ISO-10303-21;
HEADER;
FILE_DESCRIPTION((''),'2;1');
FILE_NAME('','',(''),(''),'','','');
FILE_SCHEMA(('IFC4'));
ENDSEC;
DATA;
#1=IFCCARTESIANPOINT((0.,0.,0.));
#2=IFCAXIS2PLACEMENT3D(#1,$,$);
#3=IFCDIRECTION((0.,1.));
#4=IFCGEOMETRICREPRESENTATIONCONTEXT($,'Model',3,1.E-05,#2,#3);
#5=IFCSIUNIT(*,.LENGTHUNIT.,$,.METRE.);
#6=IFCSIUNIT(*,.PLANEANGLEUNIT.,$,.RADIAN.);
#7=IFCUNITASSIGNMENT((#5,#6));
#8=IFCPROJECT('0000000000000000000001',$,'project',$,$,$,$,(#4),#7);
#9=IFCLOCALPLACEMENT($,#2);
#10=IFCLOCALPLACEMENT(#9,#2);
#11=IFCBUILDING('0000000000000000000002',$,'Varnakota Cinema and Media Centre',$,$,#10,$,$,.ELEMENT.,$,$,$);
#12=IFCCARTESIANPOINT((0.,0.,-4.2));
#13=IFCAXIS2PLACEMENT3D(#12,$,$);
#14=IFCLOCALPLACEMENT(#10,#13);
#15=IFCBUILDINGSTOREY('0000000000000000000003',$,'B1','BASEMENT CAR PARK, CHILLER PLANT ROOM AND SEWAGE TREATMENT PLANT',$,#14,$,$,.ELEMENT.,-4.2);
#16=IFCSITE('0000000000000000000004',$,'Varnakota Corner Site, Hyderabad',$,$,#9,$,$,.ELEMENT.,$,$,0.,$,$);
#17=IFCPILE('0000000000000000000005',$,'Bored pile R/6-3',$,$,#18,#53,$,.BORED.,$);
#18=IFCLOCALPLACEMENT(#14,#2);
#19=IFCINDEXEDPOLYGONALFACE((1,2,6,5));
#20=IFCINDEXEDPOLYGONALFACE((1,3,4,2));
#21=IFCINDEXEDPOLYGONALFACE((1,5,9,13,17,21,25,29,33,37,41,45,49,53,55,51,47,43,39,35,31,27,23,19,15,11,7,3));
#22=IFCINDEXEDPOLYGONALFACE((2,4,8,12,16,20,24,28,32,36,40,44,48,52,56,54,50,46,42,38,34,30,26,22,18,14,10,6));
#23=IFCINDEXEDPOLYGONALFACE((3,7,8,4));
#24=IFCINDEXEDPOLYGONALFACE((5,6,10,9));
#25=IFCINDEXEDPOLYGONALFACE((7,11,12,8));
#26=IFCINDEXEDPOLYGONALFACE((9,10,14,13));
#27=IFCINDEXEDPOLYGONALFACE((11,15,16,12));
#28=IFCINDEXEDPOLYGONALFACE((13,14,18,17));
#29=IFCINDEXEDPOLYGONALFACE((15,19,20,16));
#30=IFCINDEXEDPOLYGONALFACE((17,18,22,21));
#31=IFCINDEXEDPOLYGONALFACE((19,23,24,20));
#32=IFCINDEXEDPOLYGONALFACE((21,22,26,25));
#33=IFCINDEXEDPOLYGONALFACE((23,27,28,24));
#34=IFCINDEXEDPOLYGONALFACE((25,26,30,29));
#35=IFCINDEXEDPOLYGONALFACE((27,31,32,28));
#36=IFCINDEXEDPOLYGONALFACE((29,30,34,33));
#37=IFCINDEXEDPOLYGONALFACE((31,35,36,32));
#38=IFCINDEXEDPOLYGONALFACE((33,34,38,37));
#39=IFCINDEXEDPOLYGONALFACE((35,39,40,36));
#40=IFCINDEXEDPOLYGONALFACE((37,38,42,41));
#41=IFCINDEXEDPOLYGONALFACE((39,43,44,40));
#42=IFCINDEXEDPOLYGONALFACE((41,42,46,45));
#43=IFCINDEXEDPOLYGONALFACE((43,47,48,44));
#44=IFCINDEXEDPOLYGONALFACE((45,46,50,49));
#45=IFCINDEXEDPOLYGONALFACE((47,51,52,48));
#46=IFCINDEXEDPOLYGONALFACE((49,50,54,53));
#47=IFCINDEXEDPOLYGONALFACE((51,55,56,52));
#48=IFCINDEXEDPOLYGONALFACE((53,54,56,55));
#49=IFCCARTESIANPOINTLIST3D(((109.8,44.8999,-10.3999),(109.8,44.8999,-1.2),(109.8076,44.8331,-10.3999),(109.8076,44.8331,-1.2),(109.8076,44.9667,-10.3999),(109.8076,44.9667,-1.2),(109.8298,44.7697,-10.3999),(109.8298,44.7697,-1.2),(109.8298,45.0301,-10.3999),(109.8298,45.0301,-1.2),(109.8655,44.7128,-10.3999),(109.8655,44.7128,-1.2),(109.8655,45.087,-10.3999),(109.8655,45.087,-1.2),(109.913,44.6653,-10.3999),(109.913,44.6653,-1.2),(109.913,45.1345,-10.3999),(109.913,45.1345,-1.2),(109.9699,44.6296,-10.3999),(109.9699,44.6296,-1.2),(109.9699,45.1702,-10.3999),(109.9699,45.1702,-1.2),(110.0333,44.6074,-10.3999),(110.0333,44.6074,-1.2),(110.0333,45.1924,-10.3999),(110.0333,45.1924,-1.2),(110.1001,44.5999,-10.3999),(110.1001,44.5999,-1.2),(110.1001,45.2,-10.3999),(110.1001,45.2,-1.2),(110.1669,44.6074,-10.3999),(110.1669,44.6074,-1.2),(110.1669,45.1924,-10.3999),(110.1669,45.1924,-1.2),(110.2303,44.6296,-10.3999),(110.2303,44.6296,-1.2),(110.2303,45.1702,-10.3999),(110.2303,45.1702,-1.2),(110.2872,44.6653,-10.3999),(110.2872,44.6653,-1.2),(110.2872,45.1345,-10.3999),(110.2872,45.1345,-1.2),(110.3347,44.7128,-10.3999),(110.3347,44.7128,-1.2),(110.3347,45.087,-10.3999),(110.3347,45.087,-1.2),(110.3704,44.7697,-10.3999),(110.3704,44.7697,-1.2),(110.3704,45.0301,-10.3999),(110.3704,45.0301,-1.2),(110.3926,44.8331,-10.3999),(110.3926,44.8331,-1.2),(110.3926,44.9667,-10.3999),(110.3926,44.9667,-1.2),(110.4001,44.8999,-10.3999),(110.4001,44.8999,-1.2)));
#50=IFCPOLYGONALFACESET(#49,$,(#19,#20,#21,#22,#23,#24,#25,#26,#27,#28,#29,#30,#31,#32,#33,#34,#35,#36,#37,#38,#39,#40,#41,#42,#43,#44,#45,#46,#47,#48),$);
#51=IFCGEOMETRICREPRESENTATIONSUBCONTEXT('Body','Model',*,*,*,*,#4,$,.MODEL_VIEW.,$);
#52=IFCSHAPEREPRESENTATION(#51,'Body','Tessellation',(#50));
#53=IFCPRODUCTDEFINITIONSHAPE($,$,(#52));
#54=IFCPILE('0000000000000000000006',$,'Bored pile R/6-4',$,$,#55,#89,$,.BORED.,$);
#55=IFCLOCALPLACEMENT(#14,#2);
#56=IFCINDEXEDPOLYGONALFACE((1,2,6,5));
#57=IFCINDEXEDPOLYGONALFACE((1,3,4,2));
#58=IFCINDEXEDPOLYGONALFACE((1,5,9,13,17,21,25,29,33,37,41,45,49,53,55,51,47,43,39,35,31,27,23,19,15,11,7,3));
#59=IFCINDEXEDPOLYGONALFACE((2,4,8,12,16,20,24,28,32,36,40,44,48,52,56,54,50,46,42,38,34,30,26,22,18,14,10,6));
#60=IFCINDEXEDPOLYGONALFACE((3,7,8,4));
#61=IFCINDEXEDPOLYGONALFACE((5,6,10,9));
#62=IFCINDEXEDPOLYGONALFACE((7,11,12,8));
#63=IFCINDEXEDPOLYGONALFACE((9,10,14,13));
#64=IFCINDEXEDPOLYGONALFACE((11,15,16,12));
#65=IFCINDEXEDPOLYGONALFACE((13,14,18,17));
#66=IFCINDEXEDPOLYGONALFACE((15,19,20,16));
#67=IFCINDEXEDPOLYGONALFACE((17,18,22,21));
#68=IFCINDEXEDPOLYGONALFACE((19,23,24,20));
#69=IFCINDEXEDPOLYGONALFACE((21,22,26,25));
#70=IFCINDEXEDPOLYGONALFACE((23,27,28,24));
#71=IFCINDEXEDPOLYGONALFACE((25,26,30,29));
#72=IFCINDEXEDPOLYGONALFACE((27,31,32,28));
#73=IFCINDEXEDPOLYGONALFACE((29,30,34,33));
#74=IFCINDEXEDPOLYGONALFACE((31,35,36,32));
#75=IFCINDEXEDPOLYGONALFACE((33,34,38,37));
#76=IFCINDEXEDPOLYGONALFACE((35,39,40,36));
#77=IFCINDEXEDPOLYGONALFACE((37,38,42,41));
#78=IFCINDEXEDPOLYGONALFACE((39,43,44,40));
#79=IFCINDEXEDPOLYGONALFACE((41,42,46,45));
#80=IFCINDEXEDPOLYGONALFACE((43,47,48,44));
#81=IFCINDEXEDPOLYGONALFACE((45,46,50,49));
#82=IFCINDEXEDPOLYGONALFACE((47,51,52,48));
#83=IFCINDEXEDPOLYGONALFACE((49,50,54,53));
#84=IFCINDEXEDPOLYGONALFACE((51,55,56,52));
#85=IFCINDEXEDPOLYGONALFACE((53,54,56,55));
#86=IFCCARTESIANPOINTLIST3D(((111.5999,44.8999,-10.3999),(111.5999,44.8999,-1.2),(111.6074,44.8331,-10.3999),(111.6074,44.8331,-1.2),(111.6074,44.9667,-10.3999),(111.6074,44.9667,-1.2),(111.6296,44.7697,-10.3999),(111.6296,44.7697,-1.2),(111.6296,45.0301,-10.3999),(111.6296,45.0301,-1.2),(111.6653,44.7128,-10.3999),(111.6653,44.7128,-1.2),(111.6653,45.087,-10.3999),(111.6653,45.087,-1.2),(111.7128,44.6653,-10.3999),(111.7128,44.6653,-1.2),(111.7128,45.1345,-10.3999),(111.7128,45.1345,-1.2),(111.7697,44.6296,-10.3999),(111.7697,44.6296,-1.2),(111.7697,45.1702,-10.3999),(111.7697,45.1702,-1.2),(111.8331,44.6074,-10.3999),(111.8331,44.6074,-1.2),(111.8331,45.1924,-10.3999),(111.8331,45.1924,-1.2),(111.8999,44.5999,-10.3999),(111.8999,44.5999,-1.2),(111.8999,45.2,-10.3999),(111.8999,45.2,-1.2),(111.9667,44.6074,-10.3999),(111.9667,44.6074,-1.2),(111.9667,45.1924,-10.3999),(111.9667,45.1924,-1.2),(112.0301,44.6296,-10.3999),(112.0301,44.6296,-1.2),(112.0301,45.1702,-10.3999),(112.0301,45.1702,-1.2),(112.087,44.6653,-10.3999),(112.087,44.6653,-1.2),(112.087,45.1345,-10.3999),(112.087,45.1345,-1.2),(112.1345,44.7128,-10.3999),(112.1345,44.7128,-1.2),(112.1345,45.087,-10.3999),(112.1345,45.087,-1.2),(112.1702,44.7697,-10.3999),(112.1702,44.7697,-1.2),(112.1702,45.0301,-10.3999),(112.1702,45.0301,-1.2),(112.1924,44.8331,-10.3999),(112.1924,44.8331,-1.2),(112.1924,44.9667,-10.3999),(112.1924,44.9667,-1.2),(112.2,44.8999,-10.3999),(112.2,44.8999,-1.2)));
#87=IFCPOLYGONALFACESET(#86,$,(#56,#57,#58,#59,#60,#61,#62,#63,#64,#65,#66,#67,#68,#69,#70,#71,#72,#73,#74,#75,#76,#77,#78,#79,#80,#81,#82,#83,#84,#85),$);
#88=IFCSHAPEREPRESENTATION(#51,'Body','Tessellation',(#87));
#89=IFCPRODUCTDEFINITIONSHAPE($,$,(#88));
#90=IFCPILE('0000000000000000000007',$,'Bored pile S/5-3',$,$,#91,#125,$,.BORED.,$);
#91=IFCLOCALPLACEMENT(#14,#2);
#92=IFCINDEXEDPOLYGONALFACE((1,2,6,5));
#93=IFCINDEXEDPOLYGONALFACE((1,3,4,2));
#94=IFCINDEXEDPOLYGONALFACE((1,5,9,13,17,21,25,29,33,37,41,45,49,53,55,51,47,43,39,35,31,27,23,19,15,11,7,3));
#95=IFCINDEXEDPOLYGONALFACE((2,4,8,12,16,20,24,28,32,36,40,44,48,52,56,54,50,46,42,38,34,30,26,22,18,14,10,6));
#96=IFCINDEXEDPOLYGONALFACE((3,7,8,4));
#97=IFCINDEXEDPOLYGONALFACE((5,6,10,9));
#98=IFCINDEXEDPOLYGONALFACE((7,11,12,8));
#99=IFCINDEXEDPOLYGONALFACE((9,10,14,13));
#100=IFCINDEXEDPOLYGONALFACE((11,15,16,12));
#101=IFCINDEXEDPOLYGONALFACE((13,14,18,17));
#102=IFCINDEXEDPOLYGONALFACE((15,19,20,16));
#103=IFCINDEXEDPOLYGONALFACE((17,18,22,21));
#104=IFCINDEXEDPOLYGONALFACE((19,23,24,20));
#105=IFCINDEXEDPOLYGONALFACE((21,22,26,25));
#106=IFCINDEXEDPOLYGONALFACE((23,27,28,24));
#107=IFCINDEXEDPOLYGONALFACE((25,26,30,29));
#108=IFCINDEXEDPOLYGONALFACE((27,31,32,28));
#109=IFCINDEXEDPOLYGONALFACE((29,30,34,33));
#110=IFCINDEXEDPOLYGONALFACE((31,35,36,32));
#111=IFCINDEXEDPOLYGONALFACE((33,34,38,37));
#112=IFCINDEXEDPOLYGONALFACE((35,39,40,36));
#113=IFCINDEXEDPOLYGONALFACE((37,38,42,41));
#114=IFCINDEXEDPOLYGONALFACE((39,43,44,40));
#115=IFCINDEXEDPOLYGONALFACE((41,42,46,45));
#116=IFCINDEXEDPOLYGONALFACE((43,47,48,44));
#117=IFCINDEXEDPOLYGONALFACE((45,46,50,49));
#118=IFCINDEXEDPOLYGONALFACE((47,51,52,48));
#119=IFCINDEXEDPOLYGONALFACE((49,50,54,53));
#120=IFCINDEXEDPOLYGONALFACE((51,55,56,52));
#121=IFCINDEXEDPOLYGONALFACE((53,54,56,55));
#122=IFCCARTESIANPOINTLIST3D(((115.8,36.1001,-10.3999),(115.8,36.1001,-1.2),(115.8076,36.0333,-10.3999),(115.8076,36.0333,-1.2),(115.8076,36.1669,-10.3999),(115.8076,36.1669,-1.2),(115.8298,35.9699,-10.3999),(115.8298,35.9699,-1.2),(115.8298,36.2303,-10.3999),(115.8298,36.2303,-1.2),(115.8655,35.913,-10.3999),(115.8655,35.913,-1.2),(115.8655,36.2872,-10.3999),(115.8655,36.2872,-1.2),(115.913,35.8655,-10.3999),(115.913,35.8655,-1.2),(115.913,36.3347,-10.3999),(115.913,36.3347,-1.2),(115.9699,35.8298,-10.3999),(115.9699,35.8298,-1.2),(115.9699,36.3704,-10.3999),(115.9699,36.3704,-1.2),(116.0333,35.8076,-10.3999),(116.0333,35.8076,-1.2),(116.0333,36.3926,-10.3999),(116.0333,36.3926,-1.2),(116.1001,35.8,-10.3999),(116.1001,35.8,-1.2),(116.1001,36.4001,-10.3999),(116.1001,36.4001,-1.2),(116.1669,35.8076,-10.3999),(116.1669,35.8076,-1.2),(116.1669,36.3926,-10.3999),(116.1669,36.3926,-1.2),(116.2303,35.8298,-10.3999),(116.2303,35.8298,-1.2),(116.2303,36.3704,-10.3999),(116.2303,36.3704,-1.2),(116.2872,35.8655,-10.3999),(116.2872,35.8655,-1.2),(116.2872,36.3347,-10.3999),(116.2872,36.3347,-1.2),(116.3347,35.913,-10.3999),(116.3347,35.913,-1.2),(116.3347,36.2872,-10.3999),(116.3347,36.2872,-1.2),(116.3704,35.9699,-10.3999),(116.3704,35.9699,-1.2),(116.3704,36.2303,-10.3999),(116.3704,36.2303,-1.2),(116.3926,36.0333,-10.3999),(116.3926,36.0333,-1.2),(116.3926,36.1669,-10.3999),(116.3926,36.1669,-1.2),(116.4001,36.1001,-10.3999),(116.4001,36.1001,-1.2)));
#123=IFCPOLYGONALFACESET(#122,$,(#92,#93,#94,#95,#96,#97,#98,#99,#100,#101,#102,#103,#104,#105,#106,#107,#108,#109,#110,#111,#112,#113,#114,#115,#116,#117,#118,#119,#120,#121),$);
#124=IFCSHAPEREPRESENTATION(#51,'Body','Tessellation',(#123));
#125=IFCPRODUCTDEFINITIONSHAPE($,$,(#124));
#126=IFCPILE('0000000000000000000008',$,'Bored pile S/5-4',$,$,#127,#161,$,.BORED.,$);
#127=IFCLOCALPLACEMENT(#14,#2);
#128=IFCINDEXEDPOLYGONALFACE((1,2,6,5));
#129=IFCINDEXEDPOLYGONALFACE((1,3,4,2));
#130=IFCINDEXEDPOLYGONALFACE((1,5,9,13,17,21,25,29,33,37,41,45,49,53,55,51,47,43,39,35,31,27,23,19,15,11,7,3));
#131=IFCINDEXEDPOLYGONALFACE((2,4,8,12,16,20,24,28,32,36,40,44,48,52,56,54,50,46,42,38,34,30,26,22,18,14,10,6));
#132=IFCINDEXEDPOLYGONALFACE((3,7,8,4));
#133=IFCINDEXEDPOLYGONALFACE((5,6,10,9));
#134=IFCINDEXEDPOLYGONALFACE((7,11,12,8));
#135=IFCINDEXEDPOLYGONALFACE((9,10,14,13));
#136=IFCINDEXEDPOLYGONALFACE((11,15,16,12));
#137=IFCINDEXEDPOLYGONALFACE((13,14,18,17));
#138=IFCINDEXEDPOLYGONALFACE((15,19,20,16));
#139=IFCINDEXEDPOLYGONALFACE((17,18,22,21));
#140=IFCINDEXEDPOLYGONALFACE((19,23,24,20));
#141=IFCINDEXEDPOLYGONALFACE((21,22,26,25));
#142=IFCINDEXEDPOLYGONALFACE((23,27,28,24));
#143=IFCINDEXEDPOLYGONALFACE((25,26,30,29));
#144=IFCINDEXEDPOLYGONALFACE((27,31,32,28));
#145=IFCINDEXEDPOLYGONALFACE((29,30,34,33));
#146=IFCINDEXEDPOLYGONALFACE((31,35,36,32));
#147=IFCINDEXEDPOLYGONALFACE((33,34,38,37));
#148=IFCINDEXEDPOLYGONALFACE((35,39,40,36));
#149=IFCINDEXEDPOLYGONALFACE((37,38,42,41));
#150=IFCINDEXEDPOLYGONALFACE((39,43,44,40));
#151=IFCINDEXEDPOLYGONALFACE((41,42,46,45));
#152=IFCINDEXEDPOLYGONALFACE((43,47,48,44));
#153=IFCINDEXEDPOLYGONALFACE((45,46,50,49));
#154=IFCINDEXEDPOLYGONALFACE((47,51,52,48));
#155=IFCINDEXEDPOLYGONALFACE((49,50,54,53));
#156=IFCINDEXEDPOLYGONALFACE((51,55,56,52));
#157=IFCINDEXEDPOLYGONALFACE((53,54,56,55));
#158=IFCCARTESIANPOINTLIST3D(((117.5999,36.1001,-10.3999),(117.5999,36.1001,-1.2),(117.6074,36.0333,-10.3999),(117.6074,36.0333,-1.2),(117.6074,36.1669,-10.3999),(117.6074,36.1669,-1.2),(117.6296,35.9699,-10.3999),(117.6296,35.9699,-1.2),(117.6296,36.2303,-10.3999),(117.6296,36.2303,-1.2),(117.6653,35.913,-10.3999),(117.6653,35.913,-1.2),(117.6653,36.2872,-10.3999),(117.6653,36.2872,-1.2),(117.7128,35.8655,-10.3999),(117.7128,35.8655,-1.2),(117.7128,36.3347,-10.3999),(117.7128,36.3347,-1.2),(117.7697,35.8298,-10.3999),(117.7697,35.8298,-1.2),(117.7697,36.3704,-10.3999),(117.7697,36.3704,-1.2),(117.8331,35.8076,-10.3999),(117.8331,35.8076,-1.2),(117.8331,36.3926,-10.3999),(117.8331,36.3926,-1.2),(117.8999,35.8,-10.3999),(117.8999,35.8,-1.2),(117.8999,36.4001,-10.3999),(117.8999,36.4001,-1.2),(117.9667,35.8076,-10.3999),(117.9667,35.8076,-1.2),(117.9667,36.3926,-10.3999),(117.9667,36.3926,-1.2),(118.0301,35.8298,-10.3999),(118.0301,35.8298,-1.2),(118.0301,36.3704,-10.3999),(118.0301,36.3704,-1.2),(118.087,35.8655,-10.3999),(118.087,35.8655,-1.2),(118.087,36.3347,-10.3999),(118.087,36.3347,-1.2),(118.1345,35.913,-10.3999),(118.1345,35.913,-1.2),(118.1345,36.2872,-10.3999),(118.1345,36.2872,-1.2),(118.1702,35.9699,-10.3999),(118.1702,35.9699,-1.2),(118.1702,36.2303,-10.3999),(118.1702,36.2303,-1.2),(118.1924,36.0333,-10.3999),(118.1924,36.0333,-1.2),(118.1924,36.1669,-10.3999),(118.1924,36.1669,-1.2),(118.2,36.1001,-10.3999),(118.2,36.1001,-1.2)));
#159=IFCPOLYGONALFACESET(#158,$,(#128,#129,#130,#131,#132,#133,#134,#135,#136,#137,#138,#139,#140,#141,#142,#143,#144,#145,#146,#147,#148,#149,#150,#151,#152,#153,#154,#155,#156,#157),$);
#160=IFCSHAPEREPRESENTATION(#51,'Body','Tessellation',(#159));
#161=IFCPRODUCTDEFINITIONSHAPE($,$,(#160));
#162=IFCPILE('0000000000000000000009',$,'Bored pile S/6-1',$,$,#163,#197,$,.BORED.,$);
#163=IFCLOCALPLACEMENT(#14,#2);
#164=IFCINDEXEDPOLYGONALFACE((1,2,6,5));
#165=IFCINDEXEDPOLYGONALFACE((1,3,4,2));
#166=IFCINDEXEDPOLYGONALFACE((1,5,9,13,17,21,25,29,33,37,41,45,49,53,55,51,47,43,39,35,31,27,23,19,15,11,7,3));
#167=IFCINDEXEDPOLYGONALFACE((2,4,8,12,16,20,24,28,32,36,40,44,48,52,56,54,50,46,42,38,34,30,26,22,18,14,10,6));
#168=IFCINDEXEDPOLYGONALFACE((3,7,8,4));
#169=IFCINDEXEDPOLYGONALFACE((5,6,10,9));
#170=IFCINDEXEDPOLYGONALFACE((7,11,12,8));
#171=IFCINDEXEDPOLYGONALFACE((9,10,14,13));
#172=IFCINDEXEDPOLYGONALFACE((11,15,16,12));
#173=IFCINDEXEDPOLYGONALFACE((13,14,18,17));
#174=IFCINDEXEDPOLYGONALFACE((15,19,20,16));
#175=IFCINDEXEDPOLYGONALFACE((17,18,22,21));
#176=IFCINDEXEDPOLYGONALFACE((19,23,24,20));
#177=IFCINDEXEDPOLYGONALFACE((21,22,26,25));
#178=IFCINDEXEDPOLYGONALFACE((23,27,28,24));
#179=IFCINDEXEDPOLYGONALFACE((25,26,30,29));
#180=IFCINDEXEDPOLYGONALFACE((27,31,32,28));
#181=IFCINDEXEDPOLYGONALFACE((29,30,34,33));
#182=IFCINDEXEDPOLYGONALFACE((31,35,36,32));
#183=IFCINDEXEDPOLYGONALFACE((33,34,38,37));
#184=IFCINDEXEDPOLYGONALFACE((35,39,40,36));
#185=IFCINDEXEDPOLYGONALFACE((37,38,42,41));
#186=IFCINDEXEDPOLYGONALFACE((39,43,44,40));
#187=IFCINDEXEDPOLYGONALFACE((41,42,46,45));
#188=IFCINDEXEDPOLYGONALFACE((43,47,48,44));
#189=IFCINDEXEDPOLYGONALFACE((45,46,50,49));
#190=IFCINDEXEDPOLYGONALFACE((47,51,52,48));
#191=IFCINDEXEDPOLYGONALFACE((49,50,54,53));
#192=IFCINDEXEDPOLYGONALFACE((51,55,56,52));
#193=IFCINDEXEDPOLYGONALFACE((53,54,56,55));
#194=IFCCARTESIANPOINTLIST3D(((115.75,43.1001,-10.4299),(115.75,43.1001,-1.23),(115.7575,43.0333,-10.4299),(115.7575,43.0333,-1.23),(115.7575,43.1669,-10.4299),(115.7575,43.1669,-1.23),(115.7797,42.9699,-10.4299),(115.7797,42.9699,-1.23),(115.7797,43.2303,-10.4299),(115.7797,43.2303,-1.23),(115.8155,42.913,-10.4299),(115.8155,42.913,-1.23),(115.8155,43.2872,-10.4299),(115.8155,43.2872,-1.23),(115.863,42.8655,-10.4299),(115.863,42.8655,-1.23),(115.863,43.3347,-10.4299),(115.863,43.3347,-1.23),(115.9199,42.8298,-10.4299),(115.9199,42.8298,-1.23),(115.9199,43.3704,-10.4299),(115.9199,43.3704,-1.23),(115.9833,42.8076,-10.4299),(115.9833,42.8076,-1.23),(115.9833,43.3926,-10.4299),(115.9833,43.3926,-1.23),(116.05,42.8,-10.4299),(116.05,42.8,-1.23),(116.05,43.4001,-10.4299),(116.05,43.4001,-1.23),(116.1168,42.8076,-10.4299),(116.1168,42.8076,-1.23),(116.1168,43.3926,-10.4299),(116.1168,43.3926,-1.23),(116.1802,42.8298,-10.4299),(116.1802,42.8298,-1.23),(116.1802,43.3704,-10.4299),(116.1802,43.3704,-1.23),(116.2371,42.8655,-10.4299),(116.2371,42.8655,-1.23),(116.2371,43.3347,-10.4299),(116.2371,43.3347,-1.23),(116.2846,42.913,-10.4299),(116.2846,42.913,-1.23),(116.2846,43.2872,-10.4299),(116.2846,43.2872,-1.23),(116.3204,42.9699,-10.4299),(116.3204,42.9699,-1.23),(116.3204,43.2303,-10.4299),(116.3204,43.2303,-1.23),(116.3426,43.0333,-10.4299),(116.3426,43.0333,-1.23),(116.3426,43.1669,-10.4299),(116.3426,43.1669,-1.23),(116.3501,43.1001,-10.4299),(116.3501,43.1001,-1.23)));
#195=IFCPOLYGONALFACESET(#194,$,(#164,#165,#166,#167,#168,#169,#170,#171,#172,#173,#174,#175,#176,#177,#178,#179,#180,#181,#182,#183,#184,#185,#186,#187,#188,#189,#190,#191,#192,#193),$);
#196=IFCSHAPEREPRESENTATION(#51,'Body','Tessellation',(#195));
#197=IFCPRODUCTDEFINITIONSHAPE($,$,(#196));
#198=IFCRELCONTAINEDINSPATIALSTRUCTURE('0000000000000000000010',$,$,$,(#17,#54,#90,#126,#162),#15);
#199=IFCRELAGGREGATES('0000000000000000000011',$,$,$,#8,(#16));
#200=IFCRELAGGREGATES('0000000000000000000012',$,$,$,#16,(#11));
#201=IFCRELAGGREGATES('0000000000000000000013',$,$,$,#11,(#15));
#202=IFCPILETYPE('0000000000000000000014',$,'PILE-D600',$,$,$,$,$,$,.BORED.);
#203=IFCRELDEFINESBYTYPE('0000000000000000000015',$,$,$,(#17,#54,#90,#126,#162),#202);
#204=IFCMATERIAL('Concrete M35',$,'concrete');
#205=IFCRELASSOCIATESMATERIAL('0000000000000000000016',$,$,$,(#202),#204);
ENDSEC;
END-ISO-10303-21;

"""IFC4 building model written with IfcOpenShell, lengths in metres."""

from ifc_helpers import new_model, si_unit, direction, frame, origin, origin_2d, place, context, subcontext, project, spatial, circle, extrude, material, material_profile, profile_set, type_object, element, save


model = new_model("IFC4")

# Units and contexts
model_context = context("Model", 3, precision=1e-05, world=origin(), true_north=direction((0.0, 1.0)))
body_context = subcontext(model_context, "Body", "Model", "MODEL_VIEW")
ifc_project = project(units=[si_unit("LENGTHUNIT", "METRE"), si_unit("PLANEANGLEUNIT", "RADIAN")], contexts=[model_context])

# Site, building, storey
site_placement = place(None, origin())
site = spatial("IfcSite", under=ifc_project, at=site_placement, Name="Varnakota Corner Site, Hyderabad", CompositionType="ELEMENT", RefElevation=0.0)
building_placement = place(site_placement, origin())
building = spatial("IfcBuilding", under=site, at=building_placement, Name="Varnakota Cinema and Media Centre", CompositionType="ELEMENT")
storey_placement = place(building_placement, frame((0.0, 0.0, -4.2)))
storey = spatial("IfcBuildingStorey", under=building, at=storey_placement, Name="B1", Description="BASEMENT CAR PARK, CHILLER PLANT ROOM AND SEWAGE TREATMENT PLANT", CompositionType="ELEMENT", Elevation=-4.2)

# Piles
ifc_material_1 = material(Name="Concrete M35", Category="concrete")
ifc_material_profile_1 = material_profile(ifc_material_1, circle(Radius=0.3, at=origin_2d()), Name="PILE D600")
ifc_profile_set_1 = profile_set([ifc_material_profile_1], Name="Concrete M35")
pile_type_1 = type_object("IfcPileType", Name="PILE-D600", PredefinedType="BORED", material=ifc_profile_set_1)
for number, where, z_axis, x_axis, name in (
    (1, (110.1001, 44.8999, -1.2), (0.0, 0.0, -1.0), (1.0, 0.0, 0.0), "Bored pile R/6-3"),
    (2, (111.8999, 44.8999, -1.2), (0.0, 0.0, -1.0), (1.0, 0.0, 0.0), "Bored pile R/6-4"),
    (3, (116.1001, 36.1001, -1.2), (0.0, 0.0, -1.0), (1.0, 0.0, 0.0), "Bored pile S/5-3"),
    (4, (117.8999, 36.1001, -1.2), (0.0, 0.0, -1.0), (1.0, 0.0, 0.0), "Bored pile S/5-4"),
    (5, (116.05, 43.1001, -1.23), (0.0, 0.0, -1.0), (1.0, 0.0, 0.0), "Bored pile S/6-1"),
):
    element("IfcPile", number, at=place(storey_placement, frame(where, z_axis=z_axis, x_axis=x_axis)), inside=storey, type_object=pile_type_1, Name=name, PredefinedType="BORED", context=body_context, shape_type="SweptSolid", body=[
        extrude(circle(Radius=0.3, at=origin_2d()), origin(), (0.0, 0.0, 1.0), 9.2),
    ])

save(model, "model.ifc")
